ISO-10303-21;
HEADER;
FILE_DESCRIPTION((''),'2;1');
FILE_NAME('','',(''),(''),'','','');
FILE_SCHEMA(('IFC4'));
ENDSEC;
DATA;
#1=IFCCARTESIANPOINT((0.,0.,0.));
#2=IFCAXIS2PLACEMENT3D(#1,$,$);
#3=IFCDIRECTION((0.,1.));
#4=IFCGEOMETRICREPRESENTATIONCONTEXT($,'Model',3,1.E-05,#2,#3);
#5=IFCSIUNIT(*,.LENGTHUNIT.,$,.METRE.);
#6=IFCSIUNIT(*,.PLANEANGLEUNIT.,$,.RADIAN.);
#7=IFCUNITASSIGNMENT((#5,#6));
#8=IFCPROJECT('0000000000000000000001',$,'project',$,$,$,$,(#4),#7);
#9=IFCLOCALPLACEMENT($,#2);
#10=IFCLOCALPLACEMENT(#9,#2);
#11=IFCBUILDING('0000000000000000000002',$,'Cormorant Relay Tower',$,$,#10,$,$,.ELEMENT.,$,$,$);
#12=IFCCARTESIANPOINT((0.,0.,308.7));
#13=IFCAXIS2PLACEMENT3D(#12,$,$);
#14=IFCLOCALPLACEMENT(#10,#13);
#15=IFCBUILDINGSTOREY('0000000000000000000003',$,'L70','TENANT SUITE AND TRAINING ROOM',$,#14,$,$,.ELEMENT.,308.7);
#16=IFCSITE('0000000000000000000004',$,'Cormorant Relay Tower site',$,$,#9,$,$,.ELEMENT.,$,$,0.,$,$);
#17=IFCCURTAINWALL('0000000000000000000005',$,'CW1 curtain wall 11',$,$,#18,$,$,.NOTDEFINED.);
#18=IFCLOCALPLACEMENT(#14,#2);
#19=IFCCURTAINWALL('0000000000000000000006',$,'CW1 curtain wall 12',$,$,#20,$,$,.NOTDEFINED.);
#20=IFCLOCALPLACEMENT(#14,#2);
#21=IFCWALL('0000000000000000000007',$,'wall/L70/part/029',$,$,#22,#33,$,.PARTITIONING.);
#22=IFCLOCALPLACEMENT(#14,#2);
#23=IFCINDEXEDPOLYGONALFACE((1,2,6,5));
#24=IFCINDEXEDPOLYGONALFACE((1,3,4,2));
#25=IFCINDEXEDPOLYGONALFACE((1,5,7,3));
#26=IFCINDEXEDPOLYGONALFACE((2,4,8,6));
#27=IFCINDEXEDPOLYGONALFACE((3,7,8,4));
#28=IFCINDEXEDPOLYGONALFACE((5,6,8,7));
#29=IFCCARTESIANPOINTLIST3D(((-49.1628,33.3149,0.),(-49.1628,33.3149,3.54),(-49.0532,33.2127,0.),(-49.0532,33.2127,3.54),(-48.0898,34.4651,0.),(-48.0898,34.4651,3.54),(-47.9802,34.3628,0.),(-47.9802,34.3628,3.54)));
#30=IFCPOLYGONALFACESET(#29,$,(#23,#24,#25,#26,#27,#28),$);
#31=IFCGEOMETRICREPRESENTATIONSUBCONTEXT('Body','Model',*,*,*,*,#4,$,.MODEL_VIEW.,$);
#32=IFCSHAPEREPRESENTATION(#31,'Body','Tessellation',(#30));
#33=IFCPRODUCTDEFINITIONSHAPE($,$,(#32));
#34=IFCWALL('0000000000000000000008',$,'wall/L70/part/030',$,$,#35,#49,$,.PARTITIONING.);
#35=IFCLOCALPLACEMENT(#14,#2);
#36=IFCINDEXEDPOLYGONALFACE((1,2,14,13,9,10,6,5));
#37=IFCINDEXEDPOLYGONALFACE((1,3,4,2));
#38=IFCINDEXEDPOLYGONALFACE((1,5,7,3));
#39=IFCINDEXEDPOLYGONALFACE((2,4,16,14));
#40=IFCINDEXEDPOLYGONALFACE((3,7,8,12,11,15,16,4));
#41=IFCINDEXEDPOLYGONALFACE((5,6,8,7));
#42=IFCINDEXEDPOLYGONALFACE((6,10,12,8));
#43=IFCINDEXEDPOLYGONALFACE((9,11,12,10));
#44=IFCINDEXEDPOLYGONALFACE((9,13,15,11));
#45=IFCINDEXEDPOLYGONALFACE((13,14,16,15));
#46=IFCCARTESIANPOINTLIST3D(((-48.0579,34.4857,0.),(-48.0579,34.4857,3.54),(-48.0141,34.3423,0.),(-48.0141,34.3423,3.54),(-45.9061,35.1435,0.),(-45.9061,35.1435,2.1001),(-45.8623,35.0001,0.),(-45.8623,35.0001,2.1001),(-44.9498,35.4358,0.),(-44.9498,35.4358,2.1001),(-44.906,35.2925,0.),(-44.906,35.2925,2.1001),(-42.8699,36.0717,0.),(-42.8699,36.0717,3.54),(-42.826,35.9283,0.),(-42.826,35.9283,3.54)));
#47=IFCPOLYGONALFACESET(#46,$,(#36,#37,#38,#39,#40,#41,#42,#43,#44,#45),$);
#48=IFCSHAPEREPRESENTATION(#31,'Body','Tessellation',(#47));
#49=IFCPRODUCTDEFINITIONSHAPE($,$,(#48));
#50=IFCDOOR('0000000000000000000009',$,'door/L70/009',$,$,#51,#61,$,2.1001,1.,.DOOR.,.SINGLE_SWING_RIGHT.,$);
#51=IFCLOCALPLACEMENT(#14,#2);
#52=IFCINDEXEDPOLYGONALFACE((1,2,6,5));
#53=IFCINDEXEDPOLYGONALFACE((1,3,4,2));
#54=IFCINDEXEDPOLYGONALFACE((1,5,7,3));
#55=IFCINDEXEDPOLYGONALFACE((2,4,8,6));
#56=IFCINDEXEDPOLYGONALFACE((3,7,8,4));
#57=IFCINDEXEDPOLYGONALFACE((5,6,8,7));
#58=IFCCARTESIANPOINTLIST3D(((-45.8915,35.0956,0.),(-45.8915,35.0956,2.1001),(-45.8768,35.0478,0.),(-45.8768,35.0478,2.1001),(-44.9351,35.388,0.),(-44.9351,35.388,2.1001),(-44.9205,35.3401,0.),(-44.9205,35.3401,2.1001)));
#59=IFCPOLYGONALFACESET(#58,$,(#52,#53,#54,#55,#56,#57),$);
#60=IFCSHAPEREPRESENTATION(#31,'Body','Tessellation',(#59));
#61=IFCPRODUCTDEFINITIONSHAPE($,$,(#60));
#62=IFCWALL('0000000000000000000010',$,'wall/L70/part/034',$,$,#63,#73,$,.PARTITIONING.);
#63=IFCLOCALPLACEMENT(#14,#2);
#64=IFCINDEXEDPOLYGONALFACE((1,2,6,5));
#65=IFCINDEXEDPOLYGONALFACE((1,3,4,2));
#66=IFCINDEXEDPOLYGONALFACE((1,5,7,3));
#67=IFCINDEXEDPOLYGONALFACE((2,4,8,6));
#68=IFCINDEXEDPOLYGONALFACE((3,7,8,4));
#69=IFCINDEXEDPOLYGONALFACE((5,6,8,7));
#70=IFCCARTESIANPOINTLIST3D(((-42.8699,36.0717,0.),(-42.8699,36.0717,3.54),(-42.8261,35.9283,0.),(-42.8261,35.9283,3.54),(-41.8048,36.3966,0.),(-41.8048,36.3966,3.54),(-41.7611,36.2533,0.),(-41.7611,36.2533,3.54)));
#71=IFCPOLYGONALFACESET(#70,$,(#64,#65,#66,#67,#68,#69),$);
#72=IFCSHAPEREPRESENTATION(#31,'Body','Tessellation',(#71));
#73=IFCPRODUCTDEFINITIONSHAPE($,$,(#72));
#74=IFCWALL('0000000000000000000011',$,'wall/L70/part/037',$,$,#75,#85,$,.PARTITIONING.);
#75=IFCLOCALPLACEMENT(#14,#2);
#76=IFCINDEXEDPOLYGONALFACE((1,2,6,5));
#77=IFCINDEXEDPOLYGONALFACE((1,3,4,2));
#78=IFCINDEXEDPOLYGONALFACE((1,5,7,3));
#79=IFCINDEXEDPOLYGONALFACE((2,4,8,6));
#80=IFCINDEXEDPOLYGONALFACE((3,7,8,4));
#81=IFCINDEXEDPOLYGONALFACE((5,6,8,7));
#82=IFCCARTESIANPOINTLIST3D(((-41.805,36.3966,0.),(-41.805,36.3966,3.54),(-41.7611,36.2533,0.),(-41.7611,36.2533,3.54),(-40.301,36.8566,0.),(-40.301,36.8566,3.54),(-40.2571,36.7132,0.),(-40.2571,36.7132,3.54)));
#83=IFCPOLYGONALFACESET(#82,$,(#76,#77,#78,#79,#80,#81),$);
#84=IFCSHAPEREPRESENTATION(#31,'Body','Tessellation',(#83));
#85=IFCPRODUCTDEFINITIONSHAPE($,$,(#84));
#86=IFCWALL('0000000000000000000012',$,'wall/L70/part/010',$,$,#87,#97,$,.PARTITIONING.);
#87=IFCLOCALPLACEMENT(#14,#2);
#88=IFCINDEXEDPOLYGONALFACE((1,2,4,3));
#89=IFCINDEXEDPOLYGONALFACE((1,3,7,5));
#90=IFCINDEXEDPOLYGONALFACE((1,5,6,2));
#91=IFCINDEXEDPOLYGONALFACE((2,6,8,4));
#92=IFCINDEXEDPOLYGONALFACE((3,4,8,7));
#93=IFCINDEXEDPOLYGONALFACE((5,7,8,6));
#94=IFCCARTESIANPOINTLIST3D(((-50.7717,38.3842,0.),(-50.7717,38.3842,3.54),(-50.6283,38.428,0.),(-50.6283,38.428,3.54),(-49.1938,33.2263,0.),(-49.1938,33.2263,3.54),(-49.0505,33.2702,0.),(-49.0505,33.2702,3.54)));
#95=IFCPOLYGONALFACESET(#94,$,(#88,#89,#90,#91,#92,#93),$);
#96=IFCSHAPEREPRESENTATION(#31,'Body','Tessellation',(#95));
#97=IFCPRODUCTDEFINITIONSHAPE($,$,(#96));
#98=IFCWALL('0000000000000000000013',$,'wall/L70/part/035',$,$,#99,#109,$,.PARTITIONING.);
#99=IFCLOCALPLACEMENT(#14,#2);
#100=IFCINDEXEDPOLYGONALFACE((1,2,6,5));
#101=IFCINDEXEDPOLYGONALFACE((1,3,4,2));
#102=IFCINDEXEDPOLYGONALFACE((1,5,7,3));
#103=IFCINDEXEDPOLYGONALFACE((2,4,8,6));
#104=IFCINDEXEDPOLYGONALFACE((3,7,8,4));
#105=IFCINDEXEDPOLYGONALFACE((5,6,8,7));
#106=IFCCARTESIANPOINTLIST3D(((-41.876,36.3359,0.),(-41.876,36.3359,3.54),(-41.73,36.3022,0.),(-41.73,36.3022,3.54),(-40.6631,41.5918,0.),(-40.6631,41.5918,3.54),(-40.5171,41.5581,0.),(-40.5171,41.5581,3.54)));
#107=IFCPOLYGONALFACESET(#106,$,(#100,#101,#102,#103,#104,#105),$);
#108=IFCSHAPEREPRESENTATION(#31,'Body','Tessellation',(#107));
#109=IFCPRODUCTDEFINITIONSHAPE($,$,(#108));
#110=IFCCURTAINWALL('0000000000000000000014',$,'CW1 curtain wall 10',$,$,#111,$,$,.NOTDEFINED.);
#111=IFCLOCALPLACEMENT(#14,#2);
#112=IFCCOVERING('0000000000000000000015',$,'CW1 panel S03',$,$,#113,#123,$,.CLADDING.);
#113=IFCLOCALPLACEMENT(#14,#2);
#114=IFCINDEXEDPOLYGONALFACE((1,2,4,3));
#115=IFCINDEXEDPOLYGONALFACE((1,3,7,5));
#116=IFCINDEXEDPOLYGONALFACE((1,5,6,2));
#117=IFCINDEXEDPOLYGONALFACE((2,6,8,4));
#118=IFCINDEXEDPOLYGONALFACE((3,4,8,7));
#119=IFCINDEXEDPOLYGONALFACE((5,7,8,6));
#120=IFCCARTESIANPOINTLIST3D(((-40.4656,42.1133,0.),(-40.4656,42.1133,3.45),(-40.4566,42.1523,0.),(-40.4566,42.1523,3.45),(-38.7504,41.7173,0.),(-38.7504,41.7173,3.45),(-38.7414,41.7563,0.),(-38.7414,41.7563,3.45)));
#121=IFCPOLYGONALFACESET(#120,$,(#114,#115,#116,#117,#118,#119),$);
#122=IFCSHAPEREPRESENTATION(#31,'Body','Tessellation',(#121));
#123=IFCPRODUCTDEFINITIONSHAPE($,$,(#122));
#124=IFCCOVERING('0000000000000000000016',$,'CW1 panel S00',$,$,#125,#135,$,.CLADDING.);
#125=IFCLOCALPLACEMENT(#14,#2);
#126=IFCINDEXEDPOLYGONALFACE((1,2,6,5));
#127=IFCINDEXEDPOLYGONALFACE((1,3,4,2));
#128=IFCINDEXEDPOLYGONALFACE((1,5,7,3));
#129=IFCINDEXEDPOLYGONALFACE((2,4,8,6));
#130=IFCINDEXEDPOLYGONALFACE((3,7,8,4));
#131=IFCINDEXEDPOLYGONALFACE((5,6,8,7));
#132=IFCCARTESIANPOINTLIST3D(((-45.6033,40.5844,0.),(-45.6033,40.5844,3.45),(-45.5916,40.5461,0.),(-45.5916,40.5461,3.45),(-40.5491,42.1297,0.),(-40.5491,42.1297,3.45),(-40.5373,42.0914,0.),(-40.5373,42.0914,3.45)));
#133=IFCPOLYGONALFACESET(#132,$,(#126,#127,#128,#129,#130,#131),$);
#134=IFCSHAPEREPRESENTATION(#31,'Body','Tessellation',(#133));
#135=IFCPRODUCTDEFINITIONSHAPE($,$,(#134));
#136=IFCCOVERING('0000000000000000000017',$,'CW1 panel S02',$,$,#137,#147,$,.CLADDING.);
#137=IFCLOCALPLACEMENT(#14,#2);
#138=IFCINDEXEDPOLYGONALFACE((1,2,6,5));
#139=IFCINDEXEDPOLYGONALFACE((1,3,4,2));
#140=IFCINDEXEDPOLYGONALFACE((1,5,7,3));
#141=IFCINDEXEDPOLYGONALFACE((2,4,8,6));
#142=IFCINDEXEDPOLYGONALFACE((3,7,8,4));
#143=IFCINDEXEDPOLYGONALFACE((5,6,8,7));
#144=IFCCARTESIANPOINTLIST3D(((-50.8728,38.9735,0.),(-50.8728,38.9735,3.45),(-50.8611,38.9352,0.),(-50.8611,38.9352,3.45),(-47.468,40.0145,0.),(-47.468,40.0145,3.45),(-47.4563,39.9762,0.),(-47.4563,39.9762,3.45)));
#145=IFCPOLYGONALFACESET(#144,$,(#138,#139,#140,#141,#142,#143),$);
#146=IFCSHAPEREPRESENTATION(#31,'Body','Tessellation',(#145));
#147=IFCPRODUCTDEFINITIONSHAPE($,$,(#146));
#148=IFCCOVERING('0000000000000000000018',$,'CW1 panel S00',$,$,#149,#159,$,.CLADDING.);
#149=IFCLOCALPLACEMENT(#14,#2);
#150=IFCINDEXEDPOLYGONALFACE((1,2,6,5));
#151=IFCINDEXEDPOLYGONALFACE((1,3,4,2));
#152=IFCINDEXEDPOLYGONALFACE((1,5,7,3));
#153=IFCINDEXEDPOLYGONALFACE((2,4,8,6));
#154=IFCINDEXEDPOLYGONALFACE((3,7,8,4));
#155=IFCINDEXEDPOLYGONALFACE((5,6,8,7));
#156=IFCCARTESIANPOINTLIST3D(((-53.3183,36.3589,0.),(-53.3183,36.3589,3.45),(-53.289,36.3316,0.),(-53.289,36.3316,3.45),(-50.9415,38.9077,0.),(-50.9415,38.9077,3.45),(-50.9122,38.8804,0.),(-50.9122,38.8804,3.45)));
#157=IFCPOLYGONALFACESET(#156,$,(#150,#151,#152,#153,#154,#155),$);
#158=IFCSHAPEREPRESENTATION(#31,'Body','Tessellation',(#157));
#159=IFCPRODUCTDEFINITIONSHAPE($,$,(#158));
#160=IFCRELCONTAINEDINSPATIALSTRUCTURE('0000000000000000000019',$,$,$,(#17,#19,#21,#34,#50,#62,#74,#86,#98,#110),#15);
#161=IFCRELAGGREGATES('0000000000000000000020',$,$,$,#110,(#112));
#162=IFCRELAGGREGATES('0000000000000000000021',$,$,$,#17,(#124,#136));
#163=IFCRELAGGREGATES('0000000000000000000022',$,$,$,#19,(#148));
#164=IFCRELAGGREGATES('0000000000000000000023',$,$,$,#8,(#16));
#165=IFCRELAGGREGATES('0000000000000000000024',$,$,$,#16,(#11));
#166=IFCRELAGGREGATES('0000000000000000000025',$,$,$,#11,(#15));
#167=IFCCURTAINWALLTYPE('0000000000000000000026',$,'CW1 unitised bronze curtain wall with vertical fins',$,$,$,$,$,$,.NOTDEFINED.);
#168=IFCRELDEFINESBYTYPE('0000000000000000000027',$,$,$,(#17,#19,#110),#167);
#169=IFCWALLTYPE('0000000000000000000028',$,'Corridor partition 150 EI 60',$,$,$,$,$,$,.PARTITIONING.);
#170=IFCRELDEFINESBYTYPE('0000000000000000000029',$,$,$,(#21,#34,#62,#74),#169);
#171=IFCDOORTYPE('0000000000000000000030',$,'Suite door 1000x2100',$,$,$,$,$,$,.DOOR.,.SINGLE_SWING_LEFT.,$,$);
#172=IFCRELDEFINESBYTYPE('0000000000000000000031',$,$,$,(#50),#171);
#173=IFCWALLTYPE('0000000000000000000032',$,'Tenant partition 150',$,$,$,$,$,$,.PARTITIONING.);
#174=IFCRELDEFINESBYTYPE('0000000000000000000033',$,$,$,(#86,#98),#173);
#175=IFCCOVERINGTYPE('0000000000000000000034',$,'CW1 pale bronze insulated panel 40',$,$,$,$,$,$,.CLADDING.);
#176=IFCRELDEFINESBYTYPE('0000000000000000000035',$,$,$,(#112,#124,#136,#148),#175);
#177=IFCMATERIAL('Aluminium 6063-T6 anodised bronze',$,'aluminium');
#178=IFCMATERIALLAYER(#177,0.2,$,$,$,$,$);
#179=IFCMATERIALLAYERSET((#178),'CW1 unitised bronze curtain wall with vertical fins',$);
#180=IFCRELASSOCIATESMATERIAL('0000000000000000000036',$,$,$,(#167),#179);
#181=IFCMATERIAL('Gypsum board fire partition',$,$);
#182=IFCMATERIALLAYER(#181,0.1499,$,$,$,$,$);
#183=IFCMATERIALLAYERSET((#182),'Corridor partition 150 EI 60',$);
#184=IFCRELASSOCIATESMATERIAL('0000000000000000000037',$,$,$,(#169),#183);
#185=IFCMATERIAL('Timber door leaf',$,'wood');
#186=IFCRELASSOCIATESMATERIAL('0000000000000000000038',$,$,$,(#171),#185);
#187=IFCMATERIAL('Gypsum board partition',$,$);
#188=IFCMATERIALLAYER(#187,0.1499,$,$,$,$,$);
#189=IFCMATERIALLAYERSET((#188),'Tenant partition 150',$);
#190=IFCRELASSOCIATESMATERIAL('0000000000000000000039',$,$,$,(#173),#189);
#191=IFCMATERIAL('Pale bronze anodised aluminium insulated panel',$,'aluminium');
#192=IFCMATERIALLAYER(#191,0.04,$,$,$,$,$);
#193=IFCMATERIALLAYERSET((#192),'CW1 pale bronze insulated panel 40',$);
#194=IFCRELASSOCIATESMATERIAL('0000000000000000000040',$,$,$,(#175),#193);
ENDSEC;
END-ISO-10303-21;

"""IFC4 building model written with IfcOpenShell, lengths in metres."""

from ifc_helpers import new_model, si_unit, direction, frame, frame_2d, origin, origin_2d, place, context, subcontext, project, spatial, rectangle, extrude, material, layer, layer_set, type_object, element, fill, aggregate, save


model = new_model("IFC4")

# Units and contexts
model_context = context("Model", 3, precision=1e-05, world=origin(), true_north=direction((0.0, 1.0)))
body_context = subcontext(model_context, "Body", "Model", "MODEL_VIEW")
ifc_project = project(units=[si_unit("LENGTHUNIT", "METRE"), si_unit("PLANEANGLEUNIT", "RADIAN")], contexts=[model_context])

# Site, building, storey
site_placement = place(None, origin())
site = spatial("IfcSite", under=ifc_project, at=site_placement, Name="Cormorant Relay Tower site", CompositionType="ELEMENT", RefElevation=0.0)
building_placement = place(site_placement, origin())
building = spatial("IfcBuilding", under=site, at=building_placement, Name="Cormorant Relay Tower", CompositionType="ELEMENT")
storey_placement = place(building_placement, frame((0.0, 0.0, 308.7)))
storey = spatial("IfcBuildingStorey", under=building, at=storey_placement, Name="L70", Description="TENANT SUITE AND TRAINING ROOM", CompositionType="ELEMENT", Elevation=308.7)

# Curtain walls
ifc_material_1 = material(Name="Aluminium 6063-T6 anodised bronze", Category="aluminium")
ifc_layer_1 = layer(ifc_material_1, 0.2)
ifc_layer_set_1 = layer_set([ifc_layer_1], Name="CW1 unitised bronze curtain wall with vertical fins")
curtain_wall_type = type_object("IfcCurtainWallType", Name="CW1 unitised bronze curtain wall with vertical fins", PredefinedType="NOTDEFINED", material=ifc_layer_set_1)
curtain_wall_1_placement = place(storey_placement, origin())
curtain_wall_1 = element("IfcCurtainWall", 1, at=curtain_wall_1_placement, inside=storey, type_object=curtain_wall_type, Name="CW1 curtain wall 11", PredefinedType="NOTDEFINED")
curtain_wall_2_placement = place(storey_placement, origin())
curtain_wall_2 = element("IfcCurtainWall", 2, at=curtain_wall_2_placement, inside=storey, type_object=curtain_wall_type, Name="CW1 curtain wall 12", PredefinedType="NOTDEFINED")

# Wall
ifc_material_2 = material(Name="Gypsum board fire partition")
ifc_layer_2 = layer(ifc_material_2, 0.1499)
ifc_layer_set_2 = layer_set([ifc_layer_2], Name="Corridor partition 150 EI 60")
wall_type_1 = type_object("IfcWallType", Name="Corridor partition 150 EI 60", PredefinedType="PARTITIONING", material=ifc_layer_set_2)
wall_1_placement = place(storey_placement, frame((-48.0349, 34.4141, 0.0), z_axis=(0.0, 0.0, 1.0), x_axis=(-0.682158, -0.731205, 0.0)))
element("IfcWall", 3, at=wall_1_placement, inside=storey, type_object=wall_type_1, Name="wall/L70/part/029", PredefinedType="PARTITIONING", context=body_context, shape_type="SweptSolid", body=[
    extrude(rectangle(XDim=1.573, YDim=0.1499, at=frame_2d((0.7866, 0.0))), origin(), (0.0, 0.0, 1.0), 3.54),
])

# Wall, opening, door
wall_2_placement = place(storey_placement, frame((-48.0359, 34.4141, 0.0), z_axis=(0.0, 0.0, 1.0), x_axis=(0.956315, 0.29234, 0.0)))
wall_2 = element("IfcWall", 4, at=wall_2_placement, inside=storey, type_object=wall_type_1, Name="wall/L70/part/030", PredefinedType="PARTITIONING", context=body_context, shape_type="SweptSolid", body=[
    extrude(rectangle(XDim=5.425, YDim=0.1499, at=frame_2d((2.7124, 0.0))), origin(), (0.0, 0.0, 1.0), 3.54),
])
opening_placement = place(wall_2_placement, frame((2.25, 0.0, 0.0)))
opening = element("IfcOpeningElement", 5, at=opening_placement, cuts=wall_2, PredefinedType="OPENING", context=body_context, shape_type="SweptSolid", body=[
    extrude(rectangle(XDim=1.0, YDim=2.1001, at=frame_2d((0.5, 1.05))), frame((0.0, 0.085, 0.0), z_axis=(0.0, -1.0, 0.0), x_axis=(1.0, 0.0, 0.0)), (0.0, 0.0, 1.0), 0.1699),
])
ifc_material_3 = material(Name="Timber door leaf", Category="wood")
door_type = type_object("IfcDoorType", Name="Suite door 1000x2100", OperationType="SINGLE_SWING_LEFT", PredefinedType="DOOR", material=ifc_material_3)
door_placement = place(opening_placement, origin())
door = element("IfcDoor", 6, at=door_placement, inside=storey, type_object=door_type, Name="door/L70/009", OperationType="SINGLE_SWING_RIGHT", OverallHeight=2.1001, OverallWidth=1.0, PredefinedType="DOOR", context=body_context, shape_type="SweptSolid", body=[
    extrude(rectangle(XDim=1.0, YDim=2.1001, at=frame_2d((0.5, 1.05))), frame((0.0, 0.0249, 0.0), z_axis=(0.0, -1.0, 0.0), x_axis=(1.0, 0.0, 0.0)), (0.0, 0.0, 1.0), 0.05),
])
fill(opening, door)

# Walls
wall_3_placement = place(storey_placement, frame((-42.8479, 36.0, 0.0), z_axis=(0.0, 0.0, 1.0), x_axis=(0.956464, 0.291851, 0.0)))
element("IfcWall", 7, at=wall_3_placement, inside=storey, type_object=wall_type_1, Name="wall/L70/part/034", PredefinedType="PARTITIONING", context=body_context, shape_type="SweptSolid", body=[
    extrude(rectangle(XDim=1.1135, YDim=0.1499, at=frame_2d((0.5566, 0.0))), origin(), (0.0, 0.0, 1.0), 3.54),
])
wall_4_placement = place(storey_placement, frame((-40.2791, 36.7849, 0.0), z_axis=(0.0, 0.0, 1.0), x_axis=(-0.956274, -0.292471, 0.0)))
element("IfcWall", 8, at=wall_4_placement, inside=storey, type_object=wall_type_1, Name="wall/L70/part/037", PredefinedType="PARTITIONING", context=body_context, shape_type="SweptSolid", body=[
    extrude(rectangle(XDim=1.5728, YDim=0.1499, at=frame_2d((0.7864, 0.0))), origin(), (0.0, 0.0, 1.0), 3.54),
])
ifc_material_4 = material(Name="Gypsum board partition")
ifc_layer_3 = layer(ifc_material_4, 0.1499)
ifc_layer_set_3 = layer_set([ifc_layer_3], Name="Tenant partition 150")
wall_type_2 = type_object("IfcWallType", Name="Tenant partition 150", PredefinedType="PARTITIONING", material=ifc_layer_set_3)
wall_5_placement = place(storey_placement, frame((-50.7, 38.406, 0.0), z_axis=(0.0, 0.0, 1.0), x_axis=(0.29253, -0.956256, 0.0)))
element("IfcWall", 9, at=wall_5_placement, inside=storey, type_object=wall_type_2, Name="wall/L70/part/010", PredefinedType="PARTITIONING", context=body_context, shape_type="SweptSolid", body=[
    extrude(rectangle(XDim=5.3938, YDim=0.1499, at=frame_2d((2.6968, 0.0))), origin(), (0.0, 0.0, 1.0), 3.54),
])
wall_6_placement = place(storey_placement, frame((-40.5901, 41.575, 0.0), z_axis=(0.0, 0.0, 1.0), x_axis=(-0.22486, -0.974391, 0.0)))
element("IfcWall", 10, at=wall_6_placement, inside=storey, type_object=wall_type_2, Name="wall/L70/part/035", PredefinedType="PARTITIONING", context=body_context, shape_type="SweptSolid", body=[
    extrude(rectangle(XDim=5.394, YDim=0.1499, at=frame_2d((2.697, 0.0))), origin(), (0.0, 0.0, 1.0), 3.54),
])

# Curtain wall, covering
curtain_wall_3_placement = place(storey_placement, origin())
curtain_wall_3 = element("IfcCurtainWall", 11, at=curtain_wall_3_placement, inside=storey, type_object=curtain_wall_type, Name="CW1 curtain wall 10", PredefinedType="NOTDEFINED")
ifc_material_5 = material(Name="Pale bronze anodised aluminium insulated panel", Category="aluminium")
ifc_layer_4 = layer(ifc_material_5, 0.04)
ifc_layer_set_4 = layer_set([ifc_layer_4], Name="CW1 pale bronze insulated panel 40")
covering_type = type_object("IfcCoveringType", Name="CW1 pale bronze insulated panel 40", PredefinedType="CLADDING", material=ifc_layer_set_4)
covering_1_placement = place(storey_placement, frame((-39.6035, 41.9348, 0.0), z_axis=(0.0, 0.0, 1.0), x_axis=(-0.97437, 0.224951, 0.0)))
covering_1 = element("IfcCovering", 12, at=covering_1_placement, type_object=covering_type, Name="CW1 panel S03", PredefinedType="CLADDING", context=body_context, shape_type="SweptSolid", body=[
    extrude(rectangle(XDim=1.7603, YDim=0.04, at=origin_2d()), origin(), (0.0, 0.0, 1.0), 3.45),
])
aggregate(curtain_wall_3, [covering_1])

# Coverings
covering_2_placement = place(storey_placement, frame((-43.0703, 41.3379, 0.0), z_axis=(0.0, 0.0, 1.0), x_axis=(-0.956305, -0.292372, 0.0)))
covering_2 = element("IfcCovering", 13, at=covering_2_placement, type_object=covering_type, Name="CW1 panel S00", PredefinedType="CLADDING", context=body_context, shape_type="SweptSolid", body=[
    extrude(rectangle(XDim=5.2852, YDim=0.04, at=origin_2d()), origin(), (0.0, 0.0, 1.0), 3.45),
])
covering_3_placement = place(storey_placement, frame((-49.1646, 39.4749, 0.0), z_axis=(0.0, 0.0, 1.0), x_axis=(-0.956305, -0.292372, 0.0)))
covering_3 = element("IfcCovering", 14, at=covering_3_placement, type_object=covering_type, Name="CW1 panel S02", PredefinedType="CLADDING", context=body_context, shape_type="SweptSolid", body=[
    extrude(rectangle(XDim=3.5603, YDim=0.04, at=origin_2d()), origin(), (0.0, 0.0, 1.0), 3.45),
])
aggregate(curtain_wall_1, [covering_2, covering_3])
covering_4_placement = place(storey_placement, frame((-52.1152, 37.6196, 0.0), z_axis=(0.0, 0.0, 1.0), x_axis=(-0.681998, -0.731354, 0.0)))
covering_4 = element("IfcCovering", 15, at=covering_4_placement, type_object=covering_type, Name="CW1 panel S00", PredefinedType="CLADDING", context=body_context, shape_type="SweptSolid", body=[
    extrude(rectangle(XDim=3.4851, YDim=0.04, at=origin_2d()), origin(), (0.0, 0.0, 1.0), 3.45),
])
aggregate(curtain_wall_2, [covering_4])

save(model, "model.ifc")
